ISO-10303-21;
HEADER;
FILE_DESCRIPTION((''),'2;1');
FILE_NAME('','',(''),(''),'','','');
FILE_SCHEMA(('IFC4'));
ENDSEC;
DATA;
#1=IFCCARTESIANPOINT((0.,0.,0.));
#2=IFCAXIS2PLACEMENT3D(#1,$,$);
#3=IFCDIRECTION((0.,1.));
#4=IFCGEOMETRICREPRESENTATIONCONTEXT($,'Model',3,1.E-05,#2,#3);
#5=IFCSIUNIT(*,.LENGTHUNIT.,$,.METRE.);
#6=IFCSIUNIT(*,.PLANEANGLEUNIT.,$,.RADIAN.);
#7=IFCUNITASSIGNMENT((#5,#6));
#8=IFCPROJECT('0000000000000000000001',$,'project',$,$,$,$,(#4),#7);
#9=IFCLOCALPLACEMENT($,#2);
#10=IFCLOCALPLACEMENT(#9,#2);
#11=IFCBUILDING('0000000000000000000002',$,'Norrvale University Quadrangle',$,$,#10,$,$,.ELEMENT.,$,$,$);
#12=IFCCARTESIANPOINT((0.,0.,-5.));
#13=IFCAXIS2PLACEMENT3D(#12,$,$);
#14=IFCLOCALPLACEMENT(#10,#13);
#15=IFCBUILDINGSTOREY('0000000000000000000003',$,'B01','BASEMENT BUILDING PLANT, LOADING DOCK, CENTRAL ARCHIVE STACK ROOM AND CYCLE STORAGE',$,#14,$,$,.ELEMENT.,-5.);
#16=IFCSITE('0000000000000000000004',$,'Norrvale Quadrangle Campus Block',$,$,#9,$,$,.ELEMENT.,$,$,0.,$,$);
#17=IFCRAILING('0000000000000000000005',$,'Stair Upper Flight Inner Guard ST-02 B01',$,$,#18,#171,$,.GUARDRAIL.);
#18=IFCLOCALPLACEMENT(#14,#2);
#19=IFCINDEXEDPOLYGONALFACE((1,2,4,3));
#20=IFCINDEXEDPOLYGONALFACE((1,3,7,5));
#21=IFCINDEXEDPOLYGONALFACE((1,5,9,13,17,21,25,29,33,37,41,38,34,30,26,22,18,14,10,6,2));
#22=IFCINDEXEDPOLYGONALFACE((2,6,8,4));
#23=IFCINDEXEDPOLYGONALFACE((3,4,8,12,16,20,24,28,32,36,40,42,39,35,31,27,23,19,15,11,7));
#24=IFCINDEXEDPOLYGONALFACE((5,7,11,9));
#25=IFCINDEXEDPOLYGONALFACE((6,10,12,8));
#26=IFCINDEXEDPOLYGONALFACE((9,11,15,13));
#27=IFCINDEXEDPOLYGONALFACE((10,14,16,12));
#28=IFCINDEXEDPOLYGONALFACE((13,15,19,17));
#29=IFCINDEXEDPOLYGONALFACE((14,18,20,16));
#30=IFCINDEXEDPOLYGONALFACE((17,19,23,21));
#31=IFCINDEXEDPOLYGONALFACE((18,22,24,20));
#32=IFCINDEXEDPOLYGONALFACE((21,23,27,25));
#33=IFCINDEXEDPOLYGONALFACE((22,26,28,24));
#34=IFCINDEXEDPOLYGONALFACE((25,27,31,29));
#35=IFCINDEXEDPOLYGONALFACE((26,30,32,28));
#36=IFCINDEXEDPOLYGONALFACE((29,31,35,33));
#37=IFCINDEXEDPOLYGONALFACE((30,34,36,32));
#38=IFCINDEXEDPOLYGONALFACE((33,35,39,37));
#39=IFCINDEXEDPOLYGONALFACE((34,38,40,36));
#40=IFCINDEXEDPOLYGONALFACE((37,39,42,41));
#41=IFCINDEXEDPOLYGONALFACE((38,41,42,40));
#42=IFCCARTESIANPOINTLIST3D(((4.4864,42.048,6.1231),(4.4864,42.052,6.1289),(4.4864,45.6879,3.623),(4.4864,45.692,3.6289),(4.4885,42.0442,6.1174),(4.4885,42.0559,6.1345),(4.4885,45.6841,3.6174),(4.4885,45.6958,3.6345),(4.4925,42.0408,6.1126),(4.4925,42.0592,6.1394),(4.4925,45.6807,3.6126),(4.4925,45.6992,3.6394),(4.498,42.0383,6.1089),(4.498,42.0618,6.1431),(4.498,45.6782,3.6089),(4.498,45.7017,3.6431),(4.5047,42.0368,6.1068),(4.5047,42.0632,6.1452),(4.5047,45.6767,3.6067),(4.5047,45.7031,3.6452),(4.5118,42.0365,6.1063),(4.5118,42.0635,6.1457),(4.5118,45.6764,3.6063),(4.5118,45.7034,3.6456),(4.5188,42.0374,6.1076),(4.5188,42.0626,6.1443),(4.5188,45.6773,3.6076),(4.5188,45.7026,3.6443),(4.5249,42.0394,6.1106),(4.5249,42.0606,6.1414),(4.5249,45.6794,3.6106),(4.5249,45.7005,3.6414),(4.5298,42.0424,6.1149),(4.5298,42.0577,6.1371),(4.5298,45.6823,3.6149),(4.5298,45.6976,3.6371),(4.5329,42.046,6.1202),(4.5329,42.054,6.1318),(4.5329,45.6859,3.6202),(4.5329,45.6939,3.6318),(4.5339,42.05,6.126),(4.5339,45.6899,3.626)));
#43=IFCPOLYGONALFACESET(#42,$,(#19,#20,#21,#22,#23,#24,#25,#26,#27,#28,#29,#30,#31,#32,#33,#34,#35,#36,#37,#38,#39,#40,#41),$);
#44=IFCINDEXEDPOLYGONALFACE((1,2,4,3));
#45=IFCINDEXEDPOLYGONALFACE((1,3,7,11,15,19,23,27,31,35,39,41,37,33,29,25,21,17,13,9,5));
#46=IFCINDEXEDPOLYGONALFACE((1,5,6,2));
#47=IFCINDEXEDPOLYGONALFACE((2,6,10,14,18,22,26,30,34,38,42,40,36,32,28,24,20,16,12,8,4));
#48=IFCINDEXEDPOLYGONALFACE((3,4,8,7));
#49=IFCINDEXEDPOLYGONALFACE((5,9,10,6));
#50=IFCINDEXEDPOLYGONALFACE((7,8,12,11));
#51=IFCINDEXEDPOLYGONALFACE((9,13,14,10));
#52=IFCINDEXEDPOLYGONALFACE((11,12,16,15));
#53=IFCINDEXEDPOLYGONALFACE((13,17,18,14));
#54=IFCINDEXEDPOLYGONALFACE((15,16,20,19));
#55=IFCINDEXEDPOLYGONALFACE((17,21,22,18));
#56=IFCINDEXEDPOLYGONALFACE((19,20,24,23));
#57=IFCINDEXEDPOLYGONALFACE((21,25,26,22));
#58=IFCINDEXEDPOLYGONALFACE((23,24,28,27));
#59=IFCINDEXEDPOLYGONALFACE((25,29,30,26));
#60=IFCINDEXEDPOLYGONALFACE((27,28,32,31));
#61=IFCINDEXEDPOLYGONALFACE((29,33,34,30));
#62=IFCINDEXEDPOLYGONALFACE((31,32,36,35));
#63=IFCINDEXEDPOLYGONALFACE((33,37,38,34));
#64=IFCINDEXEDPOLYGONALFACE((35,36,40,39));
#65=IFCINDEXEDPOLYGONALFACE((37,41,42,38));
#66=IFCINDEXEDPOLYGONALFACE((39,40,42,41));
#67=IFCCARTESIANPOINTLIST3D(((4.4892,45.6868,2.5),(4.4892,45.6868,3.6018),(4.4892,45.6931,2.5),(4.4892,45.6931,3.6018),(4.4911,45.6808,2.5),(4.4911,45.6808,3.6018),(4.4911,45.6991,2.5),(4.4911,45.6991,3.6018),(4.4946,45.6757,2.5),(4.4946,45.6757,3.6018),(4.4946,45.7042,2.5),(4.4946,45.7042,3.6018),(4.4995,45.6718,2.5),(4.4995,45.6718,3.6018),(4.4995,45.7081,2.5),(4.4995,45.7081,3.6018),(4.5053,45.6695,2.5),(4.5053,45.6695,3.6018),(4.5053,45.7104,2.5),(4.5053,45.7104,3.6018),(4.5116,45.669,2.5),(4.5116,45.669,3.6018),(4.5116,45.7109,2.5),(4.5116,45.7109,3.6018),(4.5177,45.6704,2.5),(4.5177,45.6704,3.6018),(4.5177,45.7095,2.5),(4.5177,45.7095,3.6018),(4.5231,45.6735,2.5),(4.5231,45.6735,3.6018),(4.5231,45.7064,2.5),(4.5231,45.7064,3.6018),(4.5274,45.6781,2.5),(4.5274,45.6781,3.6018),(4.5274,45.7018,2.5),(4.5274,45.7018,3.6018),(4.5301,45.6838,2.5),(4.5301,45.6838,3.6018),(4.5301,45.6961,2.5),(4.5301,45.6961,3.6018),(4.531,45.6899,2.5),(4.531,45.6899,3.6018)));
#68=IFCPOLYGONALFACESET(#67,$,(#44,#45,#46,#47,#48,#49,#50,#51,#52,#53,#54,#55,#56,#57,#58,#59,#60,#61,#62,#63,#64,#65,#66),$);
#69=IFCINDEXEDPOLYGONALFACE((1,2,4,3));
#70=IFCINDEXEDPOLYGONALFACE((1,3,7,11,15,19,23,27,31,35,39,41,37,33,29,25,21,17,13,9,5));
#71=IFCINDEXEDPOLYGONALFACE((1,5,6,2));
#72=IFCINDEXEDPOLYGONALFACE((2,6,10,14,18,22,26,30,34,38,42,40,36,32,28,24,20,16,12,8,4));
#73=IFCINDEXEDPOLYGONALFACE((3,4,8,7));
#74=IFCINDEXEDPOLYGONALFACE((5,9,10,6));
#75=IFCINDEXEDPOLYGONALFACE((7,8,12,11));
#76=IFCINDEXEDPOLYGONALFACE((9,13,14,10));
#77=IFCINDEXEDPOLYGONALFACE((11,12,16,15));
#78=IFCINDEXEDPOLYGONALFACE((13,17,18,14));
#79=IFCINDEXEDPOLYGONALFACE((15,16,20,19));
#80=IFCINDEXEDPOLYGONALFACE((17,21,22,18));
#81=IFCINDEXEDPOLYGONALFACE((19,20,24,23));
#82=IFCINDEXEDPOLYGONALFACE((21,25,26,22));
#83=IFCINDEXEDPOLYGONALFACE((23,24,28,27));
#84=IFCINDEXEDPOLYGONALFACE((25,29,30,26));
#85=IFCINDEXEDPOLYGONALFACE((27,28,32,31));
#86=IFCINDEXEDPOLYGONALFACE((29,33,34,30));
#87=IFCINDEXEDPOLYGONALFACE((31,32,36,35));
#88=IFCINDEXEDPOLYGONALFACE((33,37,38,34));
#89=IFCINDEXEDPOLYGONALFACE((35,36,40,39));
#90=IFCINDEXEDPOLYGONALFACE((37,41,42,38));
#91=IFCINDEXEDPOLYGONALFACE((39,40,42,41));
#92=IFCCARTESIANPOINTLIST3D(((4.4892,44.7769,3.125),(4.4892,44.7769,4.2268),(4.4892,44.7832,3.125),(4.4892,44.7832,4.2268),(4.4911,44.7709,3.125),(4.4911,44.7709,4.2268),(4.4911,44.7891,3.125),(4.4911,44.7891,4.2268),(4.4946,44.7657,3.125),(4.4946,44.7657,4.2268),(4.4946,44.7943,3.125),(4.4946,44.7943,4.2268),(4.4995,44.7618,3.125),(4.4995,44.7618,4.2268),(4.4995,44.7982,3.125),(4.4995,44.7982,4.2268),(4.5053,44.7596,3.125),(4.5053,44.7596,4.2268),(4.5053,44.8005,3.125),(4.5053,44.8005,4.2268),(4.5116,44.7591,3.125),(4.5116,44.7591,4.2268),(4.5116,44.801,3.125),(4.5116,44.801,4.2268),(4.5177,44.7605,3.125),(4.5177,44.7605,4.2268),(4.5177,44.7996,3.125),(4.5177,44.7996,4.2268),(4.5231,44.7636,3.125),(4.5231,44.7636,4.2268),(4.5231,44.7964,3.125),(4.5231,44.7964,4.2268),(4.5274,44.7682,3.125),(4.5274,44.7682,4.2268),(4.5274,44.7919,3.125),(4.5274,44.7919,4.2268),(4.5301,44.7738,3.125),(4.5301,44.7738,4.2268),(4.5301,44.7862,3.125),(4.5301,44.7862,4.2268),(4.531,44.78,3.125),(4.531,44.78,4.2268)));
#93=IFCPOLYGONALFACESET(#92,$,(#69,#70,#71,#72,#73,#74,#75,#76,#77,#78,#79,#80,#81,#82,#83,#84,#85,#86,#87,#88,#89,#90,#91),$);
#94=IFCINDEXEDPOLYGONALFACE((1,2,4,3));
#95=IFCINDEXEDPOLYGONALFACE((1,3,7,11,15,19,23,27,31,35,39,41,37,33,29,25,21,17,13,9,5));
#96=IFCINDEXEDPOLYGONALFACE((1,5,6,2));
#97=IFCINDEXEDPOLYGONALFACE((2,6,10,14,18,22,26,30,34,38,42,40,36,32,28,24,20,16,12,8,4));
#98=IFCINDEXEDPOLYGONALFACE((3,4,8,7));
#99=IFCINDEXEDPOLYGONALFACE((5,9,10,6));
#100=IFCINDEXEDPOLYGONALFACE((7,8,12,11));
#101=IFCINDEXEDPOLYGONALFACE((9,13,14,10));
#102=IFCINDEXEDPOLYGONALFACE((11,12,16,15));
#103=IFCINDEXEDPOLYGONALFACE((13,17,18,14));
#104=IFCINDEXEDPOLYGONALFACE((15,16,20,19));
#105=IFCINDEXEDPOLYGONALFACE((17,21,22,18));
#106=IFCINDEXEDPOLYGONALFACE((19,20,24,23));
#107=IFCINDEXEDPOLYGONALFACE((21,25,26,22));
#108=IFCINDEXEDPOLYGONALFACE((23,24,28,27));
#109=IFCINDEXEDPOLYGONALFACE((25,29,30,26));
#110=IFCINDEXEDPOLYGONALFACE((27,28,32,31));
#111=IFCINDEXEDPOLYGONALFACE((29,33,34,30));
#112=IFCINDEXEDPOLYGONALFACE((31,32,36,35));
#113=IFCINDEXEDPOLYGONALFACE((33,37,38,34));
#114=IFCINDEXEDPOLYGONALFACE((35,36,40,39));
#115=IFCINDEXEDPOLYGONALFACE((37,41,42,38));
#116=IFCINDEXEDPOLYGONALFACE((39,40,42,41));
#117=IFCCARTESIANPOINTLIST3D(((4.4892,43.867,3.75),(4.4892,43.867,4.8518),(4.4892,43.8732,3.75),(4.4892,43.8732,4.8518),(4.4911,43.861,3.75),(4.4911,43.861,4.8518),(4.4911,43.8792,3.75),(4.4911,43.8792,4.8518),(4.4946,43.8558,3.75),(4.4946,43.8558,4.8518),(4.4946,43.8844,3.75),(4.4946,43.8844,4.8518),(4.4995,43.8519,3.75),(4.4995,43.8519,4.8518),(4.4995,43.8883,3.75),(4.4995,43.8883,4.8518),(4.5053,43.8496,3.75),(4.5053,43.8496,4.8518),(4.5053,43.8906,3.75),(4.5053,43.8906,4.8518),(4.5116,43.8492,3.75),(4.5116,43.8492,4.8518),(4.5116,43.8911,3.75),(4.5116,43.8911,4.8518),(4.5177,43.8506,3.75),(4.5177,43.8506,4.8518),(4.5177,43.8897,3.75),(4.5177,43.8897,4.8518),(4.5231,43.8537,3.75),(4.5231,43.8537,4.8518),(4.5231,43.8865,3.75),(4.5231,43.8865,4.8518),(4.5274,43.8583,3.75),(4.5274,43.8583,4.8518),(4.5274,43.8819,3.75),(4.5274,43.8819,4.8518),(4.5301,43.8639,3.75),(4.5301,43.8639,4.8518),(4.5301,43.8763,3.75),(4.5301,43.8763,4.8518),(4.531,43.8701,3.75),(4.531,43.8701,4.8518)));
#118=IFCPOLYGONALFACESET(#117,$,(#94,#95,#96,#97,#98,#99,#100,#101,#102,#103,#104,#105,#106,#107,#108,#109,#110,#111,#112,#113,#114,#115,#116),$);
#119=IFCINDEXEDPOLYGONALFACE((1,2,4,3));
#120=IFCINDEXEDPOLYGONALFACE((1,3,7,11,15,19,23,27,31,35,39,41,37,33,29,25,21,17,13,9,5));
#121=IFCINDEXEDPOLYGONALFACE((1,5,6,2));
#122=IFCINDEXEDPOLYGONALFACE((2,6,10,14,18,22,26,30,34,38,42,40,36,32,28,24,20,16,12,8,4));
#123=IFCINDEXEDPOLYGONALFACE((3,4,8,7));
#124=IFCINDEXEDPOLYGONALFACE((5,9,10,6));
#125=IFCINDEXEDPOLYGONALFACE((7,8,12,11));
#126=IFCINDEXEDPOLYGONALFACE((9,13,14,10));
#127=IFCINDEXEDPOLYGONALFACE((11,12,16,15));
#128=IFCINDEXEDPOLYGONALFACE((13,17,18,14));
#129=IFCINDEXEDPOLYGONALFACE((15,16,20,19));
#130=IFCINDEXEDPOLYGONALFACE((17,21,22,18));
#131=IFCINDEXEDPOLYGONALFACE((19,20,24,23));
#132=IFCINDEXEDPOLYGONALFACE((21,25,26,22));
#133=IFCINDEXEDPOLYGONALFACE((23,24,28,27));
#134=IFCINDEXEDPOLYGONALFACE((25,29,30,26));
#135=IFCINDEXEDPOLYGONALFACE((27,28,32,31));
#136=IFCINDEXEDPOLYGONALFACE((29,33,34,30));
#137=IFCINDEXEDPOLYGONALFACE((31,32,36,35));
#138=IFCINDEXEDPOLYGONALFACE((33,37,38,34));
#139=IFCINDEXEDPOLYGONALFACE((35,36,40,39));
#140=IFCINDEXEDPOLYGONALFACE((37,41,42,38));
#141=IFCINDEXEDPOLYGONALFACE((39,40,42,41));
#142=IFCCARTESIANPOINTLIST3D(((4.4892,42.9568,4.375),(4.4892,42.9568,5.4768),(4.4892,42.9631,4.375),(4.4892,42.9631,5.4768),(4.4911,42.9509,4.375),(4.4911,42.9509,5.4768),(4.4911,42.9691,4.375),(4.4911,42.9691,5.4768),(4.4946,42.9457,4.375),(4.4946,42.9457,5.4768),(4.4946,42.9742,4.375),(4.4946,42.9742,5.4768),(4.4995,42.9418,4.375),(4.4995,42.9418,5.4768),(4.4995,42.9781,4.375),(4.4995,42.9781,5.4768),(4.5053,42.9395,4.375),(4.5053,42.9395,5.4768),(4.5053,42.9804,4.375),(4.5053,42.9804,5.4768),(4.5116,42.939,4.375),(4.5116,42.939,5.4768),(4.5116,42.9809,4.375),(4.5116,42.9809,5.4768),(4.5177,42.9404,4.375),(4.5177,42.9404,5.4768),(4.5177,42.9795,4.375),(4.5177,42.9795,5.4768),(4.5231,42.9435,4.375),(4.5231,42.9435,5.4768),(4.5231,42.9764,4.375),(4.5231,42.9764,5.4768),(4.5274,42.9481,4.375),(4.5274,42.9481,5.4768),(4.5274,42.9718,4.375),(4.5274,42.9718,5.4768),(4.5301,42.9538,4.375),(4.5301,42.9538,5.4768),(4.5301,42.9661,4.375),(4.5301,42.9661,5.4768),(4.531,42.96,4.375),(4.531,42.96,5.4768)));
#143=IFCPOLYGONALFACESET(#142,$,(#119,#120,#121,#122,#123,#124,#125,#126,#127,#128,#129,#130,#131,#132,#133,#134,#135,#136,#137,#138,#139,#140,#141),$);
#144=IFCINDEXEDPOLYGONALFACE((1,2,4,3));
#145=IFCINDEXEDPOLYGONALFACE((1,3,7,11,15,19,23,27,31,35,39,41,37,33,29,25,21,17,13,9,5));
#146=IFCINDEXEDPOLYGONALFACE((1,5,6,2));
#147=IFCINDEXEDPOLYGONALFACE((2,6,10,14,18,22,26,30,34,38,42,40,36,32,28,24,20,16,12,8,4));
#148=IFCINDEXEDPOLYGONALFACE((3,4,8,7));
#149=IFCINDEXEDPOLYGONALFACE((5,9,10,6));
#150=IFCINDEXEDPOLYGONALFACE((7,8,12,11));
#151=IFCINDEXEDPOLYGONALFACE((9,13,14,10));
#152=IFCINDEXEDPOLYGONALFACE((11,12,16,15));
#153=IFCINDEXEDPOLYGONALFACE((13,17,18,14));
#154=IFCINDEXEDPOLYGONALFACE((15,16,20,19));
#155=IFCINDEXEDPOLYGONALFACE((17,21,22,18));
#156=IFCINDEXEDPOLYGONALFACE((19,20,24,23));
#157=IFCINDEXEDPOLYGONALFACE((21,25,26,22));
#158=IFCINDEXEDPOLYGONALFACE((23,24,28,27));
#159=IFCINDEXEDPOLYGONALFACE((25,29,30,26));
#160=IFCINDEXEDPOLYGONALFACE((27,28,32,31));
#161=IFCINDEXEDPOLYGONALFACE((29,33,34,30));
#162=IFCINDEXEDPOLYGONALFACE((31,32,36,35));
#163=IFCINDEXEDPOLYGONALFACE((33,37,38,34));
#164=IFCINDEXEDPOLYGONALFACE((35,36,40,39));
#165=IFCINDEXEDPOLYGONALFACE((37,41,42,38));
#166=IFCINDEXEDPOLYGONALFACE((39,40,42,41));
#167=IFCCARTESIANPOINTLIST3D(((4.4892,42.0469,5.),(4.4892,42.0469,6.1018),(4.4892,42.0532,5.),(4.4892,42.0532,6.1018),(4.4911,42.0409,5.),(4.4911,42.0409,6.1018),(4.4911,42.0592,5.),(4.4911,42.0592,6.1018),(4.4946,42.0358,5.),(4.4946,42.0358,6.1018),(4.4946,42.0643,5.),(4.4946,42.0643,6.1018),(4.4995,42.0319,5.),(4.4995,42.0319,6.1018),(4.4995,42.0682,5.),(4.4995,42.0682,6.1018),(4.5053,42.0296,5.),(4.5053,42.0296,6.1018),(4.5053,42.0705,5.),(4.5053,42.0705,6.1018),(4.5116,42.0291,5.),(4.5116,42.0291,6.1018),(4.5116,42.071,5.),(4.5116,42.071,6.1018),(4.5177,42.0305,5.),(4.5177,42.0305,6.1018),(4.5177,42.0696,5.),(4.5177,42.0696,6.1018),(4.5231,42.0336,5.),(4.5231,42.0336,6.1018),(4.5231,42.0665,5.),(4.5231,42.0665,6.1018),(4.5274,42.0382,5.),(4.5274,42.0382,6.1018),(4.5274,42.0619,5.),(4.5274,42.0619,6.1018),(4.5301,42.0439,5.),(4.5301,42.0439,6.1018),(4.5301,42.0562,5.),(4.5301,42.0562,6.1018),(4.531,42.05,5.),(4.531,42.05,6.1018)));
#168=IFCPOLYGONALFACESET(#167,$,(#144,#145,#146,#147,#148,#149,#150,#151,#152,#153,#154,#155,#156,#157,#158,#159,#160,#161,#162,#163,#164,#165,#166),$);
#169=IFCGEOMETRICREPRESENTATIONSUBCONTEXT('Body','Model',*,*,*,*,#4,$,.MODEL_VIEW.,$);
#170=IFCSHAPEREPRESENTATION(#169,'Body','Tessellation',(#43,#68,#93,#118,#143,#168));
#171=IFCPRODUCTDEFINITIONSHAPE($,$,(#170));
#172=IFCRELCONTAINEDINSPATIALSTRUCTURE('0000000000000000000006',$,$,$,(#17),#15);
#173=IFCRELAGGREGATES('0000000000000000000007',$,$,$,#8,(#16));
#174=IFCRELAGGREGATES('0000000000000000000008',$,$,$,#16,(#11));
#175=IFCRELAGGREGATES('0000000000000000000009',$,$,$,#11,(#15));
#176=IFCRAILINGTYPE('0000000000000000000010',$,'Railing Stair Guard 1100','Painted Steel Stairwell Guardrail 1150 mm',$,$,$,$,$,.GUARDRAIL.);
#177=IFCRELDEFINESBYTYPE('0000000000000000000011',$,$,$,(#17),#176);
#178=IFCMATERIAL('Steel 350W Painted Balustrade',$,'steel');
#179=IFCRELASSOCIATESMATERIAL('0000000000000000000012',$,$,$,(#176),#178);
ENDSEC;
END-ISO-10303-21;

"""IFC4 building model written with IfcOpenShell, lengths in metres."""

from ifc_helpers import new_model, si_unit, direction, frame, origin, origin_2d, place, context, subcontext, project, spatial, circle, extrude, material, type_object, element, save


model = new_model("IFC4")

# Units and contexts
model_context = context("Model", 3, precision=1e-05, world=origin(), true_north=direction((0.0, 1.0)))
body_context = subcontext(model_context, "Body", "Model", "MODEL_VIEW")
ifc_project = project(units=[si_unit("LENGTHUNIT", "METRE"), si_unit("PLANEANGLEUNIT", "RADIAN")], contexts=[model_context])

# Site, building, storey
site_placement = place(None, origin())
site = spatial("IfcSite", under=ifc_project, at=site_placement, Name="Norrvale Quadrangle Campus Block", CompositionType="ELEMENT", RefElevation=0.0)
building_placement = place(site_placement, origin())
building = spatial("IfcBuilding", under=site, at=building_placement, Name="Norrvale University Quadrangle", CompositionType="ELEMENT")
storey_placement = place(building_placement, frame((0.0, 0.0, -5.0)))
storey = spatial("IfcBuildingStorey", under=building, at=storey_placement, Name="B01", Description="BASEMENT BUILDING PLANT, LOADING DOCK, CENTRAL ARCHIVE STACK ROOM AND CYCLE STORAGE", CompositionType="ELEMENT", Elevation=-5.0)

# Railing
ifc_material_1 = material(Name="Steel 350W Painted Balustrade", Category="steel")
railing_type_1 = type_object("IfcRailingType", Name="Railing Stair Guard 1100", Description="Painted Steel Stairwell Guardrail 1150 mm", PredefinedType="GUARDRAIL", material=ifc_material_1)
railing_1_placement = place(storey_placement, frame((4.51, 45.6899, 2.5)))
element("IfcRailing", 1, at=railing_1_placement, inside=storey, type_object=railing_type_1, Name="Stair Upper Flight Inner Guard ST-02 B01", PredefinedType="GUARDRAIL", context=body_context, shape_type="SweptSolid", body=[
    extrude(circle(Radius=0.0239, at=origin_2d()), frame((0.0, 0.0, 1.126), z_axis=(0.0, -0.824298, 0.566156), x_axis=(1.0, 0.0, 0.0)), (0.0, 0.0, 1.0), 4.4158),
    extrude(circle(Radius=0.021, at=origin_2d()), origin(), (0.0, 0.0, 1.0), 1.1018),
    extrude(circle(Radius=0.021, at=origin_2d()), frame((0.0, -0.9099, 0.625)), (0.0, 0.0, 1.0), 1.1018),
    extrude(circle(Radius=0.021, at=origin_2d()), frame((0.0, -1.8198, 1.25)), (0.0, 0.0, 1.0), 1.1018),
    extrude(circle(Radius=0.021, at=origin_2d()), frame((0.0, -2.73, 1.875)), (0.0, 0.0, 1.0), 1.1018),
    extrude(circle(Radius=0.021, at=origin_2d()), frame((0.0, -3.6399, 2.5)), (0.0, 0.0, 1.0), 1.1018),
])

save(model, "model.ifc")
